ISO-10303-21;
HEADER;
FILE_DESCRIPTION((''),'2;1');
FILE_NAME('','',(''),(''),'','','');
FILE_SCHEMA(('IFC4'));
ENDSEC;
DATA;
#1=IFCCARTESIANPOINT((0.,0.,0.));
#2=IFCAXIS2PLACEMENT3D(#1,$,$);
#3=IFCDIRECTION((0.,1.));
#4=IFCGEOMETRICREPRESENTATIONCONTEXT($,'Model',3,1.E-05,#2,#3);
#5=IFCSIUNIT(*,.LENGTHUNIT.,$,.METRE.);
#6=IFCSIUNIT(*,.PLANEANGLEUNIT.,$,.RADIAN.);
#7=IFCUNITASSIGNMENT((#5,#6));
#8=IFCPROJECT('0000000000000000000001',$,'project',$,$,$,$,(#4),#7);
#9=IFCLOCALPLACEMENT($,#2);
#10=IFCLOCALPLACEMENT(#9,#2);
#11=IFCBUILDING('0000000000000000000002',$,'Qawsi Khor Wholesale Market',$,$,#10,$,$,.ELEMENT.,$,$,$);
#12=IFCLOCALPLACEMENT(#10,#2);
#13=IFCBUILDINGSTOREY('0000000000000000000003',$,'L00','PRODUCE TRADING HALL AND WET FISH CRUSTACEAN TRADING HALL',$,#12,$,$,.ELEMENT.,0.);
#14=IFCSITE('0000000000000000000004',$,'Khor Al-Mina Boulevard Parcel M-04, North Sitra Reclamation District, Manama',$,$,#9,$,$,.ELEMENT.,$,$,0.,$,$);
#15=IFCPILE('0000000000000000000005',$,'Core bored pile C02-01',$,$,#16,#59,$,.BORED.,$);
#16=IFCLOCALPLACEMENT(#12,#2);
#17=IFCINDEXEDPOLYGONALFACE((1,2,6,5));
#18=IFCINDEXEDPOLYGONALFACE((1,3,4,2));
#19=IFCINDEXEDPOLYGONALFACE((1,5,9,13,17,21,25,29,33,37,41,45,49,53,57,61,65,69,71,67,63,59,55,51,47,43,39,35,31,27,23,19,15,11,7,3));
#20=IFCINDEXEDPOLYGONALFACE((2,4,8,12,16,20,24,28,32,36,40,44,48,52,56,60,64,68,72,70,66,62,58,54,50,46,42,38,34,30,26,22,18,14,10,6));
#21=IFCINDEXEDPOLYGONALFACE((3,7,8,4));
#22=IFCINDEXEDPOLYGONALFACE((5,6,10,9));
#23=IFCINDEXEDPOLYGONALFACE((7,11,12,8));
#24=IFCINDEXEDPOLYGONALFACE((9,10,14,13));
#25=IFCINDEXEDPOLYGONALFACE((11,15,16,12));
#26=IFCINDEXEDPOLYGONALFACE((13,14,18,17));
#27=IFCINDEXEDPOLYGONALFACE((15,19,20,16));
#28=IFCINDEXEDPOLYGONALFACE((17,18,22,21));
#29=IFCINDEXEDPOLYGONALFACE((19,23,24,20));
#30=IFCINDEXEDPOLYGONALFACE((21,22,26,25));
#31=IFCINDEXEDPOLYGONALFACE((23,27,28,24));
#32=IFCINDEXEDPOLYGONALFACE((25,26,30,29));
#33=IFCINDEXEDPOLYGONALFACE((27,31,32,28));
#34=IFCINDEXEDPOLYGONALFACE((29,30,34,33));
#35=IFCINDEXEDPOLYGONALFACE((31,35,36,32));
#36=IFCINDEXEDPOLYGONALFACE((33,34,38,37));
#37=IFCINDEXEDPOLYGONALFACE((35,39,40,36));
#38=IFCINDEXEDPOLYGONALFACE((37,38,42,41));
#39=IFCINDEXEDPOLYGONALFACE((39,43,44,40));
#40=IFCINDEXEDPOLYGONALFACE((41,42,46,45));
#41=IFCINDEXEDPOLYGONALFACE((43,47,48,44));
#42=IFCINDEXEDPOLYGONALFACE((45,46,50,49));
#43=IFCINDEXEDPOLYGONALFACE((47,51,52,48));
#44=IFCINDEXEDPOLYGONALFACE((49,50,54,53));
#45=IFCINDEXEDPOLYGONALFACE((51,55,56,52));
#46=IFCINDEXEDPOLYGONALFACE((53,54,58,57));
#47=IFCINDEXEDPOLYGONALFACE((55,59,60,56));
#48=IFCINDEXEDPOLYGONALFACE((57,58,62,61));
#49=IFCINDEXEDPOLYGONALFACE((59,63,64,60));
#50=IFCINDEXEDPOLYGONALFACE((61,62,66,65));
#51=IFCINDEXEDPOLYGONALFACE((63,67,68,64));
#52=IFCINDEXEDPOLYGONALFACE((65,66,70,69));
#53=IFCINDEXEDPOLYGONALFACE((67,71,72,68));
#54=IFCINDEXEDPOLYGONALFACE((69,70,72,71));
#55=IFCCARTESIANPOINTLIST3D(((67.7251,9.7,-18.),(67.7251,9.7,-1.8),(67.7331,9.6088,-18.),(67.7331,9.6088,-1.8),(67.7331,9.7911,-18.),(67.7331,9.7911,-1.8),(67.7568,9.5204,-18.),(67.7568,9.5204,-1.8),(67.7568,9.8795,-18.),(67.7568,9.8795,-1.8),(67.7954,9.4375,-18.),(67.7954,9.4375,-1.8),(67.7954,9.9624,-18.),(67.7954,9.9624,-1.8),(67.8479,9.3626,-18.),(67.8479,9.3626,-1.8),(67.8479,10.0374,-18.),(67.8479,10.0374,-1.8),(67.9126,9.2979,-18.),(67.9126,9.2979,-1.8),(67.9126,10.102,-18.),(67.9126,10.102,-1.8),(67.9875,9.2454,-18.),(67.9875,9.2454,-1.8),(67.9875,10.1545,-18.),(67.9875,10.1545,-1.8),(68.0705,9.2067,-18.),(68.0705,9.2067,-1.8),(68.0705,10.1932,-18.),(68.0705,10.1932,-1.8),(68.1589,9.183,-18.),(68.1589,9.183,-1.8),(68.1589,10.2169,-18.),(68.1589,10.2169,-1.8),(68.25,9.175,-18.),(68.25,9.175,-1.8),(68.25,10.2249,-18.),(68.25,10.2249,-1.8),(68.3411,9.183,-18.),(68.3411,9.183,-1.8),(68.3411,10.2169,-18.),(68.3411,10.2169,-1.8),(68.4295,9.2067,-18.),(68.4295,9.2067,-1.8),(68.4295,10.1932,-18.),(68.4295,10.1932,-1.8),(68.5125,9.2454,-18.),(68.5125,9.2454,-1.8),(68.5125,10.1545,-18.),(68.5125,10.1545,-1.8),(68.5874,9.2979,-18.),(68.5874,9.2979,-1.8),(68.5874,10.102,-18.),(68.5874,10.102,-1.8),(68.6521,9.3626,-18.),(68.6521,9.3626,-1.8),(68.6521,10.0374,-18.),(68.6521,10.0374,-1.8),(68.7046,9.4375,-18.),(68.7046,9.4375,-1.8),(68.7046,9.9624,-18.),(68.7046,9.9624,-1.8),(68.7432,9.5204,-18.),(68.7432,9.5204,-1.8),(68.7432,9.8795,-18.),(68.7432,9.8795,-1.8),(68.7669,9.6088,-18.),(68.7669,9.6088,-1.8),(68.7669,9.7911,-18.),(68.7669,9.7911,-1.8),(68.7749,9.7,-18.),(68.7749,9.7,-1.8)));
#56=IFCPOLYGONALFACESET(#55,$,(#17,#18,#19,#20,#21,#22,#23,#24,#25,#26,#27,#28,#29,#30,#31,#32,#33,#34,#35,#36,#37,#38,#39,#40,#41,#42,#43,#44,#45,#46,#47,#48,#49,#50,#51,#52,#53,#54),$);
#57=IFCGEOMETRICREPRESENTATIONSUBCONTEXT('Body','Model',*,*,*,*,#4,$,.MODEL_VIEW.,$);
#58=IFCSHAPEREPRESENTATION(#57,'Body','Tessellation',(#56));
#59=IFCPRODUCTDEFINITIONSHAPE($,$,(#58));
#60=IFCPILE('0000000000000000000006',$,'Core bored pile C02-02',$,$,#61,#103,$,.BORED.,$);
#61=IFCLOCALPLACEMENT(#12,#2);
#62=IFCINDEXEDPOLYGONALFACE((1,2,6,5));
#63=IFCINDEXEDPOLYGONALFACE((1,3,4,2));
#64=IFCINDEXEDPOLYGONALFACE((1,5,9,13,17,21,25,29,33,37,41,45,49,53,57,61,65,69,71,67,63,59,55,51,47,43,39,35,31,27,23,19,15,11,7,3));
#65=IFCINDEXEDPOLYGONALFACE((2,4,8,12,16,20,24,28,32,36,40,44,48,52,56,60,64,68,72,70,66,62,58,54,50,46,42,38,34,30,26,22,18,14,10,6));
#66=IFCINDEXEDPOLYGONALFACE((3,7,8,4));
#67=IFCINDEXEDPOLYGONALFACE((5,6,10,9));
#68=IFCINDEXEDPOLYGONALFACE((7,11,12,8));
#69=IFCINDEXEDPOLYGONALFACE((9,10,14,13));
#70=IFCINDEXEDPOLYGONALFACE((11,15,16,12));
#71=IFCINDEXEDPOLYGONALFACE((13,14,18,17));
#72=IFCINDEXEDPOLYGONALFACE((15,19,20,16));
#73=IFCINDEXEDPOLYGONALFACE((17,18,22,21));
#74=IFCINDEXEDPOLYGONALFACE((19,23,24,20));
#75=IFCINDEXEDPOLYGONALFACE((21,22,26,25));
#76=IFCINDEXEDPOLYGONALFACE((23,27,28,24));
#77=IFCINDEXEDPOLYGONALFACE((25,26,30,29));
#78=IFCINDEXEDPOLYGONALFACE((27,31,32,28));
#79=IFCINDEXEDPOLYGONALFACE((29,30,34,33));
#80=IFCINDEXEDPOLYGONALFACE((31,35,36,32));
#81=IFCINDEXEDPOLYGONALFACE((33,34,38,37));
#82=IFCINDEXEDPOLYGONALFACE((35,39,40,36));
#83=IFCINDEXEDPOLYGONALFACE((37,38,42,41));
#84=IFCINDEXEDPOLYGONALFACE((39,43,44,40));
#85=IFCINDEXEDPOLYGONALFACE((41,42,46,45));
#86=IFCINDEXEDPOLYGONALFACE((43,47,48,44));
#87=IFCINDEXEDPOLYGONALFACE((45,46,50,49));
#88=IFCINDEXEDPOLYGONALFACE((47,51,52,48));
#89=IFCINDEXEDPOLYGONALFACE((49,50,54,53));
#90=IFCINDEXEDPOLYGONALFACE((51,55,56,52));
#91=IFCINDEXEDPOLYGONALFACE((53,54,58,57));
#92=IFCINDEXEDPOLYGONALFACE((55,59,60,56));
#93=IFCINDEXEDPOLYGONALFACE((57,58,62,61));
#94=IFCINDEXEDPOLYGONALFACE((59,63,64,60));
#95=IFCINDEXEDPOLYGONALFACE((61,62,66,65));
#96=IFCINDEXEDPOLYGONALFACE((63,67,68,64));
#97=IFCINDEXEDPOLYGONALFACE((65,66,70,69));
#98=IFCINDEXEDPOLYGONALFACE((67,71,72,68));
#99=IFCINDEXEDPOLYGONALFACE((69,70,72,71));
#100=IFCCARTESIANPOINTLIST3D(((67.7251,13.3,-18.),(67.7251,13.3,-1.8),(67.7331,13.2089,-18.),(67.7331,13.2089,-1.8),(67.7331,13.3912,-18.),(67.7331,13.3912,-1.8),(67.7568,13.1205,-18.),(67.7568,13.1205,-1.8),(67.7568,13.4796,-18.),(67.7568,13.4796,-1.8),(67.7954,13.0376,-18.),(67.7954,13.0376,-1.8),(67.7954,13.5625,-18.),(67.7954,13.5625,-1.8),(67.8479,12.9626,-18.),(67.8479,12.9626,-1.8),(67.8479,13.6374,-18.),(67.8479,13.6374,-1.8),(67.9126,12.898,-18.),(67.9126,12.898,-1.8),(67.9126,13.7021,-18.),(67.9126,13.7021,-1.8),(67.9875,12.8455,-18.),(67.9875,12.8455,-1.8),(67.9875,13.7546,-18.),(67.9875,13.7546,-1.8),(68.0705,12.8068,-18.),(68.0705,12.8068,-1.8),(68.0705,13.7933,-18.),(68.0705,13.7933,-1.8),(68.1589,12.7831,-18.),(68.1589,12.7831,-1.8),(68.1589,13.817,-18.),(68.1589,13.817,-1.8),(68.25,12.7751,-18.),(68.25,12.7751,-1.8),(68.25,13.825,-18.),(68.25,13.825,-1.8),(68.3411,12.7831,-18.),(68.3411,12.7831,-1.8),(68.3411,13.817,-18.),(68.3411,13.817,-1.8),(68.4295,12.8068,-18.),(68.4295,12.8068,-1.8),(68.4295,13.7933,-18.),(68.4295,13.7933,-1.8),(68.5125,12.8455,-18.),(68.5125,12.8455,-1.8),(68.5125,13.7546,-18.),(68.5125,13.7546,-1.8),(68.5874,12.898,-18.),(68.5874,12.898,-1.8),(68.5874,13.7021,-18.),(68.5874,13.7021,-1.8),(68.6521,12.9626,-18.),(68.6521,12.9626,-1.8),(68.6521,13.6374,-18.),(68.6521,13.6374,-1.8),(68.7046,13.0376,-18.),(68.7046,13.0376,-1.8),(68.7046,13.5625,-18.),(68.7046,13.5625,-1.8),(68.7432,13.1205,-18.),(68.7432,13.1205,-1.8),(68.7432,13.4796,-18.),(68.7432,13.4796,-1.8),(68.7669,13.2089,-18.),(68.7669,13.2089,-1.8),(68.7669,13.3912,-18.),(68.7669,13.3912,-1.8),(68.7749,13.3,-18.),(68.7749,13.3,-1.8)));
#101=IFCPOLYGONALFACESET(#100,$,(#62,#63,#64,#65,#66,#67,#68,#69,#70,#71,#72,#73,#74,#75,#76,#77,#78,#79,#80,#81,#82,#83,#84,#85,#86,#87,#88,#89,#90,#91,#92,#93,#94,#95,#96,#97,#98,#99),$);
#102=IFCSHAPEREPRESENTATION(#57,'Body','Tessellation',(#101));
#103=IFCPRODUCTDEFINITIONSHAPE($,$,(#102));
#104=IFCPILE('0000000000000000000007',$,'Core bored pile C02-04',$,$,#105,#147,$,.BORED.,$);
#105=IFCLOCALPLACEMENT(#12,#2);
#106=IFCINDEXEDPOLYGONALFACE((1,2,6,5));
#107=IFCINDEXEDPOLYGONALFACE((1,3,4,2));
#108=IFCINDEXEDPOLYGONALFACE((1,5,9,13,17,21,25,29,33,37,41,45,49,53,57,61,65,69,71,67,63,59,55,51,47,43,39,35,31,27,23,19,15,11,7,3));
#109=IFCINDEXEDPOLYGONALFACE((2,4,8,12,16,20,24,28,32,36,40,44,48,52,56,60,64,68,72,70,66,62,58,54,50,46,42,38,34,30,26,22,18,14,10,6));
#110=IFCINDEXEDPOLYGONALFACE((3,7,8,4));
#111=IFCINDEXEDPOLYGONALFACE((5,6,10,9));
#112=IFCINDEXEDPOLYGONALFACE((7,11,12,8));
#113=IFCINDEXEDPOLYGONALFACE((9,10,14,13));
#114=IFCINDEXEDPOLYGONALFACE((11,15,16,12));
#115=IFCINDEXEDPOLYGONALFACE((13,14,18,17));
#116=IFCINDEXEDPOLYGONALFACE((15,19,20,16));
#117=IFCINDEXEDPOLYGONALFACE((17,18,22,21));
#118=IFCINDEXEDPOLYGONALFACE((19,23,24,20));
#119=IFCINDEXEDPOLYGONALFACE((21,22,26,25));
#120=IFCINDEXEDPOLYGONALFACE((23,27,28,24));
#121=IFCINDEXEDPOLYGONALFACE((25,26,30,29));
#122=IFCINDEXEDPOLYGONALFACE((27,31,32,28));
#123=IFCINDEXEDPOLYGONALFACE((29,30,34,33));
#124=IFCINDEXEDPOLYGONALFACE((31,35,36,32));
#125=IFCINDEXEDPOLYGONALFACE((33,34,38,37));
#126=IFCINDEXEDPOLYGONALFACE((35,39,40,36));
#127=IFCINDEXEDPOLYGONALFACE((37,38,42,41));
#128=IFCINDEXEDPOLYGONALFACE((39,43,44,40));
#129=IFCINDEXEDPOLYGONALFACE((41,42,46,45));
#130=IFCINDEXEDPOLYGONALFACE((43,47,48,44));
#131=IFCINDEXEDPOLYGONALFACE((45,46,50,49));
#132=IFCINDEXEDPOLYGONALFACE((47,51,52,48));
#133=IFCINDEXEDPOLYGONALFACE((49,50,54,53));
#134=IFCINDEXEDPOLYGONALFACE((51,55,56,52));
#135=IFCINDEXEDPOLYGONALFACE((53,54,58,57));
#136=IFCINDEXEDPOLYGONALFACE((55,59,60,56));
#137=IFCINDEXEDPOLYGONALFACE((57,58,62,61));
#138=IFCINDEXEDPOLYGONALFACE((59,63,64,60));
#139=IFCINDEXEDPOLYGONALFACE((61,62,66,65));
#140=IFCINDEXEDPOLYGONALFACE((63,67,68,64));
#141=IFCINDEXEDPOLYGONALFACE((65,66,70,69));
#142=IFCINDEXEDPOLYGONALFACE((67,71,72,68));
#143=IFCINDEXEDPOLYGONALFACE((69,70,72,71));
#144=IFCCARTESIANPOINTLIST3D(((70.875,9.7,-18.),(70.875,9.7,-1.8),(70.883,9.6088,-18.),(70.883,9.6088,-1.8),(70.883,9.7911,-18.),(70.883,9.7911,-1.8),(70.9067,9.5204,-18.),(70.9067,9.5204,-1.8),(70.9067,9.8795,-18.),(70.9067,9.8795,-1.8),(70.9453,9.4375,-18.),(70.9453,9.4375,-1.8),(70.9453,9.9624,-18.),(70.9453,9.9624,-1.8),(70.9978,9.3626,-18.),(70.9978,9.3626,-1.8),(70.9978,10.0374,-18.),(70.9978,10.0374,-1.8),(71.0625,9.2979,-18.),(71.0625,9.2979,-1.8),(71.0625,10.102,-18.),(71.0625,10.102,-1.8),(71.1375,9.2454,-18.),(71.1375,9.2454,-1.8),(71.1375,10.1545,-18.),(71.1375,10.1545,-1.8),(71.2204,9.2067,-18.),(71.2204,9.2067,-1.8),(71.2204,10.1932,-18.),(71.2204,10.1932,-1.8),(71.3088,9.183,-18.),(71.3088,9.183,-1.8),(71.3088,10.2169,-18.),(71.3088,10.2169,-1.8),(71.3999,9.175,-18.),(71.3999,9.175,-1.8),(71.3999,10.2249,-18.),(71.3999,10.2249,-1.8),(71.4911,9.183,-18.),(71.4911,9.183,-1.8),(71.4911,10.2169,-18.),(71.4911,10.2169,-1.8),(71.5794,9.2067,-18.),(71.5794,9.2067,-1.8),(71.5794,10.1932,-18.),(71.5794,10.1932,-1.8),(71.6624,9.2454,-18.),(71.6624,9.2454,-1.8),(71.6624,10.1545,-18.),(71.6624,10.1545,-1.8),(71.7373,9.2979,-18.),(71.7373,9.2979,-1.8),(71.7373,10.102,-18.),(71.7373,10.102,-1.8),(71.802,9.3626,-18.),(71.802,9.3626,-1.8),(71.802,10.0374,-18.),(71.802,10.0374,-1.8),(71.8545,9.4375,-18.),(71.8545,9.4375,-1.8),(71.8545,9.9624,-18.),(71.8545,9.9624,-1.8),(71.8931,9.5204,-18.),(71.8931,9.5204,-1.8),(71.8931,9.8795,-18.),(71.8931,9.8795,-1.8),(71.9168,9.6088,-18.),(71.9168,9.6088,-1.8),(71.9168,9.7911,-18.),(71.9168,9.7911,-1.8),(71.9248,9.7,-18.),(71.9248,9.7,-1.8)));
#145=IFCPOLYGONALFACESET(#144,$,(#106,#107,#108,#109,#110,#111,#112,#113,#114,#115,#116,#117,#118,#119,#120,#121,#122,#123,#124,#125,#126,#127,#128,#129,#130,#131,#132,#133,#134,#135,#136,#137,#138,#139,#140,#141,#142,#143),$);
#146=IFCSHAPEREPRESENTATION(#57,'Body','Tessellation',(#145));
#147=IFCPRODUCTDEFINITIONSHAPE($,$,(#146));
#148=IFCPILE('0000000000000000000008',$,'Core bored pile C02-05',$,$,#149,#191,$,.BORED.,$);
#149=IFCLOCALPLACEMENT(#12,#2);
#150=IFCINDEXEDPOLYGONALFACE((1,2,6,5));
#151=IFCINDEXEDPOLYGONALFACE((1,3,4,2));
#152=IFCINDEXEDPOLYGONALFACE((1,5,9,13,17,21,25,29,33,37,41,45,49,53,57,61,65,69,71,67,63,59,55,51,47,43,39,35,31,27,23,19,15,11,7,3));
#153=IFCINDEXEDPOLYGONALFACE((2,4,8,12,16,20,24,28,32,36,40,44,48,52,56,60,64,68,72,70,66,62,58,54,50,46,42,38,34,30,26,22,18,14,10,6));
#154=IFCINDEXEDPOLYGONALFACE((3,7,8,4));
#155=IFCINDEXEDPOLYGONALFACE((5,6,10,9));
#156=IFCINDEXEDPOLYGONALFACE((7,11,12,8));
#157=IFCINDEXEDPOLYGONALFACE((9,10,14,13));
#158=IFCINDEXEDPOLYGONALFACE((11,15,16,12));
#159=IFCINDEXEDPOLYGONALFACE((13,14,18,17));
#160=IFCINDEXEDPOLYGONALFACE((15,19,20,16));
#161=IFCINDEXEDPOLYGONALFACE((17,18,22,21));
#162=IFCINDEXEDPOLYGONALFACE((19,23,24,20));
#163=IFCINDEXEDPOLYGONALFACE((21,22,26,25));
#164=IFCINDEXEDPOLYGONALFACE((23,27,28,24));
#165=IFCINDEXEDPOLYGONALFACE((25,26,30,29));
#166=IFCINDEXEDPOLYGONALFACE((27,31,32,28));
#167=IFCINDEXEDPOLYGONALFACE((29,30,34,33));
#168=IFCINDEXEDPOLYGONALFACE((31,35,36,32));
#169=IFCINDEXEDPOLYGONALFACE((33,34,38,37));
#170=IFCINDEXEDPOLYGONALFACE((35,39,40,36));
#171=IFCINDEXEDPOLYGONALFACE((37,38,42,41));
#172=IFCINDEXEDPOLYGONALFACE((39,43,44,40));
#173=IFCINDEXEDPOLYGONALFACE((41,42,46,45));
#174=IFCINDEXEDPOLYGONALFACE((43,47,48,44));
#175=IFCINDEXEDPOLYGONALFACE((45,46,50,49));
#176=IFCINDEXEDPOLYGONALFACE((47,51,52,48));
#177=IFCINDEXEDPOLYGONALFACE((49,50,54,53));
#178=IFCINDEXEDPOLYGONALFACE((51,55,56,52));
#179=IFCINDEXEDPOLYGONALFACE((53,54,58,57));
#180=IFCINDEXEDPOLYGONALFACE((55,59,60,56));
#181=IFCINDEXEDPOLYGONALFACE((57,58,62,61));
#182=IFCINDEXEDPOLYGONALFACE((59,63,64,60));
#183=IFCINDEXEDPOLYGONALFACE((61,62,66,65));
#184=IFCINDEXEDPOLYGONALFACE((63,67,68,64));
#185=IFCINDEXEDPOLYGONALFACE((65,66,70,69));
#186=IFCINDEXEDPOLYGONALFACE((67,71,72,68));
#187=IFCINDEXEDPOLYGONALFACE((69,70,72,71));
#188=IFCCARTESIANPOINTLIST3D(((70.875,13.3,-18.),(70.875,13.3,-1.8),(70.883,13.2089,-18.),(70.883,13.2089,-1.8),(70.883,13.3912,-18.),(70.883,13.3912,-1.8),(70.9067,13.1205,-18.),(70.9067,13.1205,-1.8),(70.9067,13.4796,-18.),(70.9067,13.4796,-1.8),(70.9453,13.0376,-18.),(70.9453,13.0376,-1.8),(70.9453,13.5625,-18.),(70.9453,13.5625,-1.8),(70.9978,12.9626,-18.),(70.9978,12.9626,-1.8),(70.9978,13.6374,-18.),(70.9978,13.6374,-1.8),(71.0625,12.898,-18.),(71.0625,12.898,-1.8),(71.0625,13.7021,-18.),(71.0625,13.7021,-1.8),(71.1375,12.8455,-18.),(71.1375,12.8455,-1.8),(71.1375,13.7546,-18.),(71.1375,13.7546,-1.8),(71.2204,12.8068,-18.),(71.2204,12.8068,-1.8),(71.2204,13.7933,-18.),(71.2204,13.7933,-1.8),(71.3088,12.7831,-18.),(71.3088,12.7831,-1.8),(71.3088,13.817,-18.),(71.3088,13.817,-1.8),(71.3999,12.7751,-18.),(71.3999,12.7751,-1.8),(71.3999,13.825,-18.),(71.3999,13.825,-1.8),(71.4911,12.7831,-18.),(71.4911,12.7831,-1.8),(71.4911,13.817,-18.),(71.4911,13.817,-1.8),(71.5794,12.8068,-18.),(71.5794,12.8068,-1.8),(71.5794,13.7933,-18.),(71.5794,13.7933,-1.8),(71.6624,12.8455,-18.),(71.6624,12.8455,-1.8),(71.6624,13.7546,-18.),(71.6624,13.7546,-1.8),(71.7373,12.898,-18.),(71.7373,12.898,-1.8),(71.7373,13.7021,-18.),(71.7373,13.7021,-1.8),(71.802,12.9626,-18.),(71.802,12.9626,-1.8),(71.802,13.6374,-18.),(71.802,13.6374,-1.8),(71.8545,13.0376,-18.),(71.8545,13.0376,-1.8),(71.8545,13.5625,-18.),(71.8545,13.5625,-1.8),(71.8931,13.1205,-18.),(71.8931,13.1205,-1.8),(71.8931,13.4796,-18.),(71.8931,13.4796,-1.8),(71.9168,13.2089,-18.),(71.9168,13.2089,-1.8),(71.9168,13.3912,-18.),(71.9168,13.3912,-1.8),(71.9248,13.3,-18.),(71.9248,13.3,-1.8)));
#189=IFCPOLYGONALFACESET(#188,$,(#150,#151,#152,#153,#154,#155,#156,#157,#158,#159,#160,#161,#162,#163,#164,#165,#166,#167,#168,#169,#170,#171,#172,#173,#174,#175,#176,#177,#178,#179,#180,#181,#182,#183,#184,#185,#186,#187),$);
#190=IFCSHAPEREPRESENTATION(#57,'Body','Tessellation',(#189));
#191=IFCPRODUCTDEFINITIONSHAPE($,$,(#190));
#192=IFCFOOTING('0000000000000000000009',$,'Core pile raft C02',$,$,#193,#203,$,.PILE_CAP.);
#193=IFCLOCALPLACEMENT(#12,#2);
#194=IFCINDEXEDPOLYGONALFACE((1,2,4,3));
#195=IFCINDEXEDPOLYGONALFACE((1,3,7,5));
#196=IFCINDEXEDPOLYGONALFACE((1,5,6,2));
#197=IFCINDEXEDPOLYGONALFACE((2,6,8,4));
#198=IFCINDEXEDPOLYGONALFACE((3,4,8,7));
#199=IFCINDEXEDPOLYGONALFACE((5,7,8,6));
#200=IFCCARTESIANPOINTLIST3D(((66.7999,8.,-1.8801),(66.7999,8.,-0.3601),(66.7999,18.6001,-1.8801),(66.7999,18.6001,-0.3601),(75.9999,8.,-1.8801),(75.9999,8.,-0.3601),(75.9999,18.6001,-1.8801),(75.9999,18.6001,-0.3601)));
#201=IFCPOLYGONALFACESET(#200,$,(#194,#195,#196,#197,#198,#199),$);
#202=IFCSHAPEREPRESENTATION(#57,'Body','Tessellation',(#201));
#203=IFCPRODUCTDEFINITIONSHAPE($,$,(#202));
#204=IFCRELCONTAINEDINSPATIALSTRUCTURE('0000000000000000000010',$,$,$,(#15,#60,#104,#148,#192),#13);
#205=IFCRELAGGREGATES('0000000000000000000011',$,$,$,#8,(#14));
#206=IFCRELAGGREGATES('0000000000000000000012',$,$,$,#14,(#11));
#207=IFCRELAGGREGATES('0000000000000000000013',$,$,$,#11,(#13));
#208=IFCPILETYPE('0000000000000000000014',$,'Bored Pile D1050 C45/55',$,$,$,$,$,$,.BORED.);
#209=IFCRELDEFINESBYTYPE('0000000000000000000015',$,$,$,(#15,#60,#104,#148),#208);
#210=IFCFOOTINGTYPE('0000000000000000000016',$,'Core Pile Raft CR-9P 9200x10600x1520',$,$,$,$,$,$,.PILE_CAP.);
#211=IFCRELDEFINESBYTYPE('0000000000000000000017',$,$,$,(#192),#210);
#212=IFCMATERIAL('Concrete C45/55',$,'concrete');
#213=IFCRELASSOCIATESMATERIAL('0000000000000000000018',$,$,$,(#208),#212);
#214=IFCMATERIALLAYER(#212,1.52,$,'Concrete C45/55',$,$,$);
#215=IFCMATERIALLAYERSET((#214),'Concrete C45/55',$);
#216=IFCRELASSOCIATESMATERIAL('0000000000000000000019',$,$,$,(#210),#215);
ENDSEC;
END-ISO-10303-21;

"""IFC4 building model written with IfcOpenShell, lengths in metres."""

from ifc_helpers import new_model, si_unit, direction, frame, origin, origin_2d, place, context, subcontext, project, spatial, rectangle, circle, extrude, material, layer, layer_set, material_profile, profile_set, type_object, element, save


model = new_model("IFC4")

# Units and contexts
model_context = context("Model", 3, precision=1e-05, world=origin(), true_north=direction((0.0, 1.0)))
body_context = subcontext(model_context, "Body", "Model", "MODEL_VIEW")
ifc_project = project(units=[si_unit("LENGTHUNIT", "METRE"), si_unit("PLANEANGLEUNIT", "RADIAN")], contexts=[model_context])

# Site, building, storey
site_placement = place(None, origin())
site = spatial("IfcSite", under=ifc_project, at=site_placement, Name="Khor Al-Mina Boulevard Parcel M-04, North Sitra Reclamation District, Manama", CompositionType="ELEMENT", RefElevation=0.0)
building_placement = place(site_placement, origin())
building = spatial("IfcBuilding", under=site, at=building_placement, Name="Qawsi Khor Wholesale Market", CompositionType="ELEMENT")
storey_placement = place(building_placement, origin())
storey = spatial("IfcBuildingStorey", under=building, at=storey_placement, Name="L00", Description="PRODUCE TRADING HALL AND WET FISH CRUSTACEAN TRADING HALL", CompositionType="ELEMENT", Elevation=0.0)

# Piles
ifc_material_1 = material(Name="Concrete C45/55", Category="concrete")
ifc_material_profile_1 = material_profile(ifc_material_1, circle(Radius=0.5249, at=origin_2d()), Name="PILE D1050")
ifc_profile_set_1 = profile_set([ifc_material_profile_1], Name="Concrete C45/55")
pile_type = type_object("IfcPileType", Name="Bored Pile D1050 C45/55", PredefinedType="BORED", material=ifc_profile_set_1)
for number, where, z_axis, x_axis, name in (
    (1, (68.25, 9.7, -1.8), (0.0, 0.0, -1.0), (1.0, 0.0, 0.0), "Core bored pile C02-01"),
    (2, (68.25, 13.3, -1.8), (0.0, 0.0, -1.0), (1.0, 0.0, 0.0), "Core bored pile C02-02"),
    (3, (71.3999, 9.7, -1.8), (0.0, 0.0, -1.0), (1.0, 0.0, 0.0), "Core bored pile C02-04"),
    (4, (71.3999, 13.3, -1.8), (0.0, 0.0, -1.0), (1.0, 0.0, 0.0), "Core bored pile C02-05"),
):
    element("IfcPile", number, at=place(storey_placement, frame(where, z_axis=z_axis, x_axis=x_axis)), inside=storey, type_object=pile_type, Name=name, PredefinedType="BORED", context=body_context, shape_type="SweptSolid", body=[
        extrude(circle(Radius=0.5249, at=origin_2d()), origin(), (0.0, 0.0, 1.0), 16.2),
    ])

# Footing
ifc_layer_1 = layer(ifc_material_1, 1.52, Name="Concrete C45/55")
ifc_layer_set_1 = layer_set([ifc_layer_1], Name="Concrete C45/55")
footing_type = type_object("IfcFootingType", Name="Core Pile Raft CR-9P 9200x10600x1520", PredefinedType="PILE_CAP", material=ifc_layer_set_1)
footing_placement = place(storey_placement, frame((71.3999, 13.3, -1.8801), z_axis=(0.0, 0.0, 1.0), x_axis=(1.0, 0.0, 0.0)))
element("IfcFooting", 5, at=footing_placement, inside=storey, type_object=footing_type, Name="Core pile raft C02", PredefinedType="PILE_CAP", context=body_context, shape_type="SweptSolid", body=[
    extrude(rectangle(XDim=9.2, YDim=10.6001, at=origin_2d()), origin(), (0.0, 0.0, 1.0), 1.52),
])

save(model, "model.ifc")
